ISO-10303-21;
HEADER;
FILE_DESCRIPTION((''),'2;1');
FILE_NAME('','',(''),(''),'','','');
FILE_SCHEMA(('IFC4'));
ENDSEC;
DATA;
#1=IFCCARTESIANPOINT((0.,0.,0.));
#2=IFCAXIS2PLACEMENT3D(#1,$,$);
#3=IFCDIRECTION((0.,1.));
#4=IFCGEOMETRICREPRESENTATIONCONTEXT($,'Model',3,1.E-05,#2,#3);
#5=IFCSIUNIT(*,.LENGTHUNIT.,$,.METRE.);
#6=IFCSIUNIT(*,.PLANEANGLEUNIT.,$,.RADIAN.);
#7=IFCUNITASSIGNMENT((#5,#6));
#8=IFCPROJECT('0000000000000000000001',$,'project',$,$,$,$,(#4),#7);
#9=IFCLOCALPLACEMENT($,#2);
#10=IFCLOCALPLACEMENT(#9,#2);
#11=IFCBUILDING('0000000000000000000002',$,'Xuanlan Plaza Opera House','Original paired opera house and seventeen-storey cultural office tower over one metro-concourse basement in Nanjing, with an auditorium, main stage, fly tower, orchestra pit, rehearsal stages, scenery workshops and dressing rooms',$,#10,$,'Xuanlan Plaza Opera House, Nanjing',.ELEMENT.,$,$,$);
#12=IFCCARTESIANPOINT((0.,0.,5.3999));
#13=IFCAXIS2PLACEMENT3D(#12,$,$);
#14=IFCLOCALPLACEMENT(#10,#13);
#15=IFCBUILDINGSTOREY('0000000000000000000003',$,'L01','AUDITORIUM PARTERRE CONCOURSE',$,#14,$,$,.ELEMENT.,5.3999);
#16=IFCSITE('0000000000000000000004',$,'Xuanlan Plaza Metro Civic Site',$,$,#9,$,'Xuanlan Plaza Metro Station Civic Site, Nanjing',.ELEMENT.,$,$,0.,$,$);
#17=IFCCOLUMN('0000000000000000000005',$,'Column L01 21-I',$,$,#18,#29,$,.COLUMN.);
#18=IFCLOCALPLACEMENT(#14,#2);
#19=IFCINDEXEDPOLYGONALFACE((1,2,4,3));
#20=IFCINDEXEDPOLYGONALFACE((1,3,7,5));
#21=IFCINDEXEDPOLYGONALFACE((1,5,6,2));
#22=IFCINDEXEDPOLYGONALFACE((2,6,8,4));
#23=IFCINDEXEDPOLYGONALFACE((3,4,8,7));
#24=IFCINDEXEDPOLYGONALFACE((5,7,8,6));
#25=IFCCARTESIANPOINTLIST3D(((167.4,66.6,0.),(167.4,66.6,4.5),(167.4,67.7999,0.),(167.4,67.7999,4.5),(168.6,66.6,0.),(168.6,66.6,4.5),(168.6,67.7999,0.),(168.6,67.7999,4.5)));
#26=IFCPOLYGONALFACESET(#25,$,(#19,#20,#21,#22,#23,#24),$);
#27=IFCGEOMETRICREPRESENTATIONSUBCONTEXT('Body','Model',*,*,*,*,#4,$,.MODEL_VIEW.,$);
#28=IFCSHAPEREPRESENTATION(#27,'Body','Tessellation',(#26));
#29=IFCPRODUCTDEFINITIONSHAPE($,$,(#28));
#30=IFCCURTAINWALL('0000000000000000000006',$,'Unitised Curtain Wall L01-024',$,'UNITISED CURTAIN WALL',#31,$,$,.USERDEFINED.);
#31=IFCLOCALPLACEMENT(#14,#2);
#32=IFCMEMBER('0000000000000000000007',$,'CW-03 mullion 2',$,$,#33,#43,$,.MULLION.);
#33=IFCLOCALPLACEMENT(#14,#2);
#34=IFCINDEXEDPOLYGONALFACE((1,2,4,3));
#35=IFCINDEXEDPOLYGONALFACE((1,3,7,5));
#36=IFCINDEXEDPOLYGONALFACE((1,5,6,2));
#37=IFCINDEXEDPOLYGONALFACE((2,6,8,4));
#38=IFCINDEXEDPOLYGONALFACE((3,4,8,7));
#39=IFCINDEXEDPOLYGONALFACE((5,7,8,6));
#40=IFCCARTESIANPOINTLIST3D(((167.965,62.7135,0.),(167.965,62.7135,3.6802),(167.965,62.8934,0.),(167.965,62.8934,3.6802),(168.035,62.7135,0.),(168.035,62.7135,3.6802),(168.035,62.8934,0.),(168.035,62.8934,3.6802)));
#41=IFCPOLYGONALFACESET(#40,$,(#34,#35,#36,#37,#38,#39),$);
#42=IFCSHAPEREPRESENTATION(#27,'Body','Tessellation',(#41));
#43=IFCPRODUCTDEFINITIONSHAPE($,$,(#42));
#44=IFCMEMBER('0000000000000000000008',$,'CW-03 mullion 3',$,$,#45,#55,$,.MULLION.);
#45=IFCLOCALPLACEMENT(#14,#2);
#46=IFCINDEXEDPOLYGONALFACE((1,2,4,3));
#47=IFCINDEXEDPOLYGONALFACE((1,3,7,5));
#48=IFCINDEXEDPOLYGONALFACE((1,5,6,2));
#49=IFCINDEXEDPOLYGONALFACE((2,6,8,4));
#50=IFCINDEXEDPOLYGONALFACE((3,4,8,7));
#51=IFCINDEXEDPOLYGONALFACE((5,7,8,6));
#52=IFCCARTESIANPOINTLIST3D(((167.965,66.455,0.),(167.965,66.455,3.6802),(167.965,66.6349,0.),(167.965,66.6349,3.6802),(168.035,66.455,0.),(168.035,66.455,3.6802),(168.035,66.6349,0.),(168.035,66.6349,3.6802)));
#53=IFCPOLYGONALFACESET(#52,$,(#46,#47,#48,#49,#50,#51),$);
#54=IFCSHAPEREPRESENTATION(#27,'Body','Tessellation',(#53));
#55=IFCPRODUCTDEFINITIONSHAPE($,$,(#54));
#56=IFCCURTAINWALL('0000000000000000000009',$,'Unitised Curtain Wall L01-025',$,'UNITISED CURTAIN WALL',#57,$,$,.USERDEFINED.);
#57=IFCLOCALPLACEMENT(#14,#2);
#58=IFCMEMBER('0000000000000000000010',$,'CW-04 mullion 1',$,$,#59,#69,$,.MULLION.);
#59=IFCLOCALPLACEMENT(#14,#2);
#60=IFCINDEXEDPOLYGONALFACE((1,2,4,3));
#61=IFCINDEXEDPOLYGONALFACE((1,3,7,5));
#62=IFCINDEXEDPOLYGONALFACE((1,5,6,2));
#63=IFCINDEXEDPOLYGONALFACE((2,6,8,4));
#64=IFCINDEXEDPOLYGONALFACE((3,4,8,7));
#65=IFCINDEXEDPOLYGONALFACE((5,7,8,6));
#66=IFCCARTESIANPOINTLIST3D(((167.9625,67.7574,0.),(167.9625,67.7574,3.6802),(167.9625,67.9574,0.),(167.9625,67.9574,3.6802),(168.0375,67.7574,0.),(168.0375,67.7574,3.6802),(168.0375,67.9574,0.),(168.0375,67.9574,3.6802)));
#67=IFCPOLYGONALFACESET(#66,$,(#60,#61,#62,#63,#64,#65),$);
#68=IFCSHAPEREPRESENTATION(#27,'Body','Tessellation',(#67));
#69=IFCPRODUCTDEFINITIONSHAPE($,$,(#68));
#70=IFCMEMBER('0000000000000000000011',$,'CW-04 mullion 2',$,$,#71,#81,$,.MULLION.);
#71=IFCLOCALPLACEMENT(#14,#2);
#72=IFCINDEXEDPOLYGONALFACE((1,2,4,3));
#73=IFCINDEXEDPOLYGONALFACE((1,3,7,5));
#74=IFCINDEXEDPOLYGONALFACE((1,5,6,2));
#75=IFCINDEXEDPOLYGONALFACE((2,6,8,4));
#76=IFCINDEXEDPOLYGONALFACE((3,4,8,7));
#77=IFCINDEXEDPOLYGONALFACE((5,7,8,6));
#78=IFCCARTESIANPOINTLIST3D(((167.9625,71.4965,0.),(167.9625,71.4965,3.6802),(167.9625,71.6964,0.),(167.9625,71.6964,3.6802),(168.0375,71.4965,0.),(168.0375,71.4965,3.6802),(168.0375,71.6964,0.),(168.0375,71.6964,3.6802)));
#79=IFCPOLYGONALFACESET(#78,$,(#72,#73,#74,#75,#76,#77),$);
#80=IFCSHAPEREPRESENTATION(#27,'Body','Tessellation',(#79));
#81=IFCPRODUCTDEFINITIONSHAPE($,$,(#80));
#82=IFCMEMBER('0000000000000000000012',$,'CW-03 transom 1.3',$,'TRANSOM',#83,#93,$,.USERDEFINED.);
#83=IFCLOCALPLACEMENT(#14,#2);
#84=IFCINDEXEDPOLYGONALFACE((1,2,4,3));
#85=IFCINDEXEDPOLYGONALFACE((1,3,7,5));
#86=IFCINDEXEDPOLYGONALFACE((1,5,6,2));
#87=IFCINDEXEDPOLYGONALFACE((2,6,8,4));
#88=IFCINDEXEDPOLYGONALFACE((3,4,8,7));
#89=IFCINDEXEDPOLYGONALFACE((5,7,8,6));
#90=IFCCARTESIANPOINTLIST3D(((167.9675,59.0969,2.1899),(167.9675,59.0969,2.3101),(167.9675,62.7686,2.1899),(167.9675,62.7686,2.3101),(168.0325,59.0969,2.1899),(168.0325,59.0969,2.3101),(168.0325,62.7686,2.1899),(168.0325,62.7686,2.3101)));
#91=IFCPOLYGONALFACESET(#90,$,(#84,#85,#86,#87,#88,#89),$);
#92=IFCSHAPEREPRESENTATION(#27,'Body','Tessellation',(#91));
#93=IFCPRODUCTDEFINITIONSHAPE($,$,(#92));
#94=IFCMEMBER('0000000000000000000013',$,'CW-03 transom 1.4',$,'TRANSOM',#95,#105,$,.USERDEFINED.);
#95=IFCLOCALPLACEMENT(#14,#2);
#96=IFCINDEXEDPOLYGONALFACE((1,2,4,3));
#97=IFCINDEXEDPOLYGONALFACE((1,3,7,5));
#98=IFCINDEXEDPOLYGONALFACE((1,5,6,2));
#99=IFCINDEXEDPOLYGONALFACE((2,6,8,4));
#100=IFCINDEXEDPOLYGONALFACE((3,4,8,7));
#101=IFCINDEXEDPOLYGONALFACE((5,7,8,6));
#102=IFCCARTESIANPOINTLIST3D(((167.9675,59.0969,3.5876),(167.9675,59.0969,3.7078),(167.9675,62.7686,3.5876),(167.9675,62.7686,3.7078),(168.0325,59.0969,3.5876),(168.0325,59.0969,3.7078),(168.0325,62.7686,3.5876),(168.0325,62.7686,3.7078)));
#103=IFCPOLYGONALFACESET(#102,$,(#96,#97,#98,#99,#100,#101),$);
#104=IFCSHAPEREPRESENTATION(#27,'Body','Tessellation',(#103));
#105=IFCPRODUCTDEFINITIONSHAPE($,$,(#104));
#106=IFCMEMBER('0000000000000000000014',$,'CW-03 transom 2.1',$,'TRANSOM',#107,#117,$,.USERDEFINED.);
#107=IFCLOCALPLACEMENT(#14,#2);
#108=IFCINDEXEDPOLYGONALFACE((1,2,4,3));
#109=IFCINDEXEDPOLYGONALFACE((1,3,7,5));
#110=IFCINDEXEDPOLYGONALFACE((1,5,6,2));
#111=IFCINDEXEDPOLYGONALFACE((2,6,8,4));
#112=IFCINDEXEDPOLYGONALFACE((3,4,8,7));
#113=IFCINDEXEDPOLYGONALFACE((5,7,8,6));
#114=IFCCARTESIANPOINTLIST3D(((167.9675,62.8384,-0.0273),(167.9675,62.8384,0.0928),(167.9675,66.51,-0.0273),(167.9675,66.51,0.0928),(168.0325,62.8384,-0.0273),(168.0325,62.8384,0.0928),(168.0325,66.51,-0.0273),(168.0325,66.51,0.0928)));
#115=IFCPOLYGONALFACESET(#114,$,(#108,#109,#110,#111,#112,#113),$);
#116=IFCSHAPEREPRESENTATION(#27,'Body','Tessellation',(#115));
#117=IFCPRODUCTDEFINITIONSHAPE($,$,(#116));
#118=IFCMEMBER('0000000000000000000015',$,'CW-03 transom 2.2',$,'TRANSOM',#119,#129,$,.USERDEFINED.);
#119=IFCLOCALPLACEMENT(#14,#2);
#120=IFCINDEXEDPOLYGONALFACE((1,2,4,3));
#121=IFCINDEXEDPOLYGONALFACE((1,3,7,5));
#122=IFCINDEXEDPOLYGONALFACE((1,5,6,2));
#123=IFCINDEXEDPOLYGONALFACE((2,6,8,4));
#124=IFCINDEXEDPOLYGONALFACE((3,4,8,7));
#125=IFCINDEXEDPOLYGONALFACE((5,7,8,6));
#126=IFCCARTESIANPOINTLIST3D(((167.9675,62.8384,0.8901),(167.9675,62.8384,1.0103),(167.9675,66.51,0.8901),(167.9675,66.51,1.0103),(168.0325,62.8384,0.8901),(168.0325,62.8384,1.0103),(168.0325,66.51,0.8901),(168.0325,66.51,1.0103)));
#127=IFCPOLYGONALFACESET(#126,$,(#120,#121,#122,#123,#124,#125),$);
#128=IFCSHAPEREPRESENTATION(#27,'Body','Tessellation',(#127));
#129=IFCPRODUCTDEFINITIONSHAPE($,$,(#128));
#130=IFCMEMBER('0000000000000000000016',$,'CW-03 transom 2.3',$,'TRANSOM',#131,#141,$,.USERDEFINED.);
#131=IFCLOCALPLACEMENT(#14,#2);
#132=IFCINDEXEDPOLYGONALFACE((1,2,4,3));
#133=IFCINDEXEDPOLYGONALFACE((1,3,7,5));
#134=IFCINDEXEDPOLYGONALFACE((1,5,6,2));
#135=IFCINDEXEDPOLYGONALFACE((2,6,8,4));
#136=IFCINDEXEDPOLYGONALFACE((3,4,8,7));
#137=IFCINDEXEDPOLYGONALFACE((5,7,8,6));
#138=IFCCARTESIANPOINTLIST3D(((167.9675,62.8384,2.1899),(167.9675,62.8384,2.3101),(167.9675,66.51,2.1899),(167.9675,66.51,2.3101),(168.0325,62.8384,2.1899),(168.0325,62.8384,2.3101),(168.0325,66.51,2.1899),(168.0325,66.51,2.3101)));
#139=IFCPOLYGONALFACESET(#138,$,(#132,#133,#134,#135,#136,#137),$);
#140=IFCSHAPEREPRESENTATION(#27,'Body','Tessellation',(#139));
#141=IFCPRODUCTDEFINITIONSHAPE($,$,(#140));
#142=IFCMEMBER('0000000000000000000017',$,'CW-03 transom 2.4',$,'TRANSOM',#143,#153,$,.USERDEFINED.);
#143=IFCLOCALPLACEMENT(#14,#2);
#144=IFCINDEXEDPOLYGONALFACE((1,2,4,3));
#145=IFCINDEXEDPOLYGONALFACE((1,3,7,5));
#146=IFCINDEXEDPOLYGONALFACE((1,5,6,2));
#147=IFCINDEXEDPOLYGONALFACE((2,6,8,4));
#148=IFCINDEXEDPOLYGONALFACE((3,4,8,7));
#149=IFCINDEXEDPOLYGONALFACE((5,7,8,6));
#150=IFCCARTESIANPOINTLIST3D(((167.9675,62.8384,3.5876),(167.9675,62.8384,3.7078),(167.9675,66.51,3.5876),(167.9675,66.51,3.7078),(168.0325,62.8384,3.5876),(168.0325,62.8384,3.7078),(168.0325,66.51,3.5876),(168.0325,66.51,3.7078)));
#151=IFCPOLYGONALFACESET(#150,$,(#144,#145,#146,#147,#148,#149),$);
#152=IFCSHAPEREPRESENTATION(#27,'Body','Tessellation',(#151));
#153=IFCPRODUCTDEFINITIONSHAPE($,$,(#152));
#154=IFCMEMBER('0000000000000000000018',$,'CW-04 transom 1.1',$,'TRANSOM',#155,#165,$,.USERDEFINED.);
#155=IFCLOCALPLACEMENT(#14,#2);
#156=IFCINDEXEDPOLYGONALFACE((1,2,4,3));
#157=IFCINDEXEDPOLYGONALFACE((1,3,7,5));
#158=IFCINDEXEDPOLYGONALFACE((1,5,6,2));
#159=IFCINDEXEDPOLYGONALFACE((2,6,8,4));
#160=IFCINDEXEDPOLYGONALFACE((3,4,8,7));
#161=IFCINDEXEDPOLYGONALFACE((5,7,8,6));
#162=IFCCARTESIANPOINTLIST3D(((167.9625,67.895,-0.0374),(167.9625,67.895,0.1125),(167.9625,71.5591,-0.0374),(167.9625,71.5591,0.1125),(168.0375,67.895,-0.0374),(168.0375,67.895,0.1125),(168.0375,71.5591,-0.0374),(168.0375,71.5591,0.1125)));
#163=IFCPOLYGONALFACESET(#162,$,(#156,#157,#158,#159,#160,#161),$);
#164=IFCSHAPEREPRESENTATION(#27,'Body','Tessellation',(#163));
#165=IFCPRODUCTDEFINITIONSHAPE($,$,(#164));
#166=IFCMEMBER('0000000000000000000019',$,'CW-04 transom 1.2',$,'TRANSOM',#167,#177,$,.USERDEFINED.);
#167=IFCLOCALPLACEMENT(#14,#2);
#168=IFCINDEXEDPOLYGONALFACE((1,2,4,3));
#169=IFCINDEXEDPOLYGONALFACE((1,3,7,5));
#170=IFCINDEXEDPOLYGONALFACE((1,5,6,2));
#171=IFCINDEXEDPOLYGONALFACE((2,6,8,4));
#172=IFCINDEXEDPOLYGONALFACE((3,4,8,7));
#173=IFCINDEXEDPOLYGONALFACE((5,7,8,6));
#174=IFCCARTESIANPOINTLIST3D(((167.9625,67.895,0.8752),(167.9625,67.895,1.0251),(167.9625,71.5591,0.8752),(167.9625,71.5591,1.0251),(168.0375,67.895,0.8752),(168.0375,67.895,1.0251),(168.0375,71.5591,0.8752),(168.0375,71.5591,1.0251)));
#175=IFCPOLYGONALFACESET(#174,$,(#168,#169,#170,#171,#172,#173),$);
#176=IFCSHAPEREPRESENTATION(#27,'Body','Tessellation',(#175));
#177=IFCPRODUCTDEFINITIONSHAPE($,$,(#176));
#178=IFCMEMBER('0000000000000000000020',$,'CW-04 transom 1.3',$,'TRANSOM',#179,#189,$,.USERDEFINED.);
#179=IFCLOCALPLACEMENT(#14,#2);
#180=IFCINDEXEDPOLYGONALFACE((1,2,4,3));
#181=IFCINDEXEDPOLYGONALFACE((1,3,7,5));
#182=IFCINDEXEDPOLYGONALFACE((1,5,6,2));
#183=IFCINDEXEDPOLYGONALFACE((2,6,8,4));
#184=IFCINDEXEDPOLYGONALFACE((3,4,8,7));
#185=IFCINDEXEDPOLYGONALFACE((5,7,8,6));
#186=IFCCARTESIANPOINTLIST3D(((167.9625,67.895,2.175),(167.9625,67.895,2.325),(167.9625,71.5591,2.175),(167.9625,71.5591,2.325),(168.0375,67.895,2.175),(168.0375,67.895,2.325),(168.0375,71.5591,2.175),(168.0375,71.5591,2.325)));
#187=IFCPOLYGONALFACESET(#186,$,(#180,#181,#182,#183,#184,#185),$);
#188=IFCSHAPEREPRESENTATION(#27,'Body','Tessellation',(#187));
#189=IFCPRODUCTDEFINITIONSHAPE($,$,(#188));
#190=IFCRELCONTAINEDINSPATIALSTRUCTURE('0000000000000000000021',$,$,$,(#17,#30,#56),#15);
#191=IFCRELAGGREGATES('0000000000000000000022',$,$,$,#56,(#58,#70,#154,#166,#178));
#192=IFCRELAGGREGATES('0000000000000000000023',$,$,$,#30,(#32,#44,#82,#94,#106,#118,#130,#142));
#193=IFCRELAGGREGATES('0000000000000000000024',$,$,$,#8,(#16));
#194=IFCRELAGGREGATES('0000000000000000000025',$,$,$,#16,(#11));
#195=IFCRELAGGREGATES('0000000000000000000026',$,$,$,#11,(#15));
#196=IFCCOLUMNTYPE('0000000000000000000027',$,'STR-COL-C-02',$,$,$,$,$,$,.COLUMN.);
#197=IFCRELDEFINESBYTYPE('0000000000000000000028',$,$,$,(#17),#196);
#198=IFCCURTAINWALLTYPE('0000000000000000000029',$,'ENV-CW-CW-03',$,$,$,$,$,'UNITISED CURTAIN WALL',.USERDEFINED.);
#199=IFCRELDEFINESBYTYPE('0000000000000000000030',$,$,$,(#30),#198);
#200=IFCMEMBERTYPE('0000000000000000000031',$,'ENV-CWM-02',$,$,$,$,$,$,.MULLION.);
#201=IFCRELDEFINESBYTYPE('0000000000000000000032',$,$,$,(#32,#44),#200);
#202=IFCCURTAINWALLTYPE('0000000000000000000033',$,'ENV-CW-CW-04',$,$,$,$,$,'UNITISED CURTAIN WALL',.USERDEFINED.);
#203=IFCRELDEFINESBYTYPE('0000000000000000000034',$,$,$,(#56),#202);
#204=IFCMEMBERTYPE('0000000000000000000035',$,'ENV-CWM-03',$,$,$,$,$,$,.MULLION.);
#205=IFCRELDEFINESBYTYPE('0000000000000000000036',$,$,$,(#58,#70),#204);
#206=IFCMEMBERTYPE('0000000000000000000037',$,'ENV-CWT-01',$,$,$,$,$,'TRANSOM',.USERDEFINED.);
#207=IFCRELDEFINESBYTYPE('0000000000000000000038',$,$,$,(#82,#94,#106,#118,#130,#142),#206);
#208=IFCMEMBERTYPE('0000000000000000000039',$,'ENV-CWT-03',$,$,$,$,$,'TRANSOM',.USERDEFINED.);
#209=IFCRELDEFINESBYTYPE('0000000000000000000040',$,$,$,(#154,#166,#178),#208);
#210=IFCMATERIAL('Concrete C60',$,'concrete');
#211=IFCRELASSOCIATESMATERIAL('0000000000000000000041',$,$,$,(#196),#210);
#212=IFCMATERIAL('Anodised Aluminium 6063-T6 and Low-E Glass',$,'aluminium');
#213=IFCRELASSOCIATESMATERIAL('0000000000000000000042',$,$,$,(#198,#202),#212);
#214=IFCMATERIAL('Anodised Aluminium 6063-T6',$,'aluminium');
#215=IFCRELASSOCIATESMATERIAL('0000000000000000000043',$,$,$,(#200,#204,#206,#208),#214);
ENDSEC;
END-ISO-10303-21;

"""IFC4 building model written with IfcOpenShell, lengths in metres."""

from ifc_helpers import new_model, si_unit, direction, frame, origin, origin_2d, place, context, subcontext, project, spatial, rectangle, extrude, material, material_profile, profile_set, type_object, element, aggregate, save


model = new_model("IFC4")

# Units and contexts
model_context = context("Model", 3, precision=1e-05, world=origin(), true_north=direction((0.0, 1.0)))
body_context = subcontext(model_context, "Body", "Model", "MODEL_VIEW")
ifc_project = project(units=[si_unit("LENGTHUNIT", "METRE"), si_unit("PLANEANGLEUNIT", "RADIAN")], contexts=[model_context])

# Site, building, storey
site_placement = place(None, origin())
site = spatial("IfcSite", under=ifc_project, at=site_placement, Name="Xuanlan Plaza Metro Civic Site", LongName="Xuanlan Plaza Metro Station Civic Site, Nanjing", CompositionType="ELEMENT", RefElevation=0.0)
building_placement = place(site_placement, origin())
building = spatial("IfcBuilding", under=site, at=building_placement, Name="Xuanlan Plaza Opera House", Description="Original paired opera house and seventeen-storey cultural office tower over one metro-concourse basement in Nanjing, with an auditorium, main stage, fly tower, orchestra pit, rehearsal stages, scenery workshops and dressing rooms", LongName="Xuanlan Plaza Opera House, Nanjing", CompositionType="ELEMENT")
storey_placement = place(building_placement, frame((0.0, 0.0, 5.3999)))
storey = spatial("IfcBuildingStorey", under=building, at=storey_placement, Name="L01", Description="AUDITORIUM PARTERRE CONCOURSE", CompositionType="ELEMENT", Elevation=5.3999)

# Column
ifc_material_1 = material(Name="Concrete C60", Category="concrete")
ifc_material_profile_1 = material_profile(ifc_material_1, rectangle(XDim=1.2, YDim=1.2, at=origin_2d()), Name="RC-COL 1200x1200")
ifc_profile_set_1 = profile_set([ifc_material_profile_1], Name="Concrete C60")
column_type = type_object("IfcColumnType", Name="STR-COL-C-02", PredefinedType="COLUMN", material=ifc_profile_set_1)
column_placement = place(storey_placement, frame((168.0, 67.2, 0.0), z_axis=(0.0, 0.0, 1.0), x_axis=(1.0, 0.0, 0.0)))
element("IfcColumn", 1, at=column_placement, inside=storey, type_object=column_type, Name="Column L01 21-I", PredefinedType="COLUMN", context=body_context, shape_type="SweptSolid", body=[
    extrude(rectangle(XDim=1.2, YDim=1.2, at=origin_2d()), origin(), (0.0, 0.0, 1.0), 4.5),
])

# Curtain walls, members
ifc_material_2 = material(Name="Anodised Aluminium 6063-T6 and Low-E Glass", Category="aluminium")
curtain_wall_type_1 = type_object("IfcCurtainWallType", Name="ENV-CW-CW-03", ElementType="UNITISED CURTAIN WALL", PredefinedType="USERDEFINED", material=ifc_material_2)
curtain_wall_1_placement = place(storey_placement, origin())
curtain_wall_1 = element("IfcCurtainWall", 2, at=curtain_wall_1_placement, inside=storey, type_object=curtain_wall_type_1, Name="Unitised Curtain Wall L01-024", ObjectType="UNITISED CURTAIN WALL", PredefinedType="USERDEFINED")
ifc_material_3 = material(Name="Anodised Aluminium 6063-T6", Category="aluminium")
ifc_material_profile_2 = material_profile(ifc_material_3, rectangle(XDim=0.0701, YDim=0.1799, at=origin_2d()), Name="ALU-M 70x180")
ifc_profile_set_2 = profile_set([ifc_material_profile_2], Name="Anodised Aluminium 6063-T6")
member_type_1 = type_object("IfcMemberType", Name="ENV-CWM-02", PredefinedType="MULLION", material=ifc_profile_set_2)
member_1_placement = place(storey_placement, frame((168.0, 62.8035, 0.0), z_axis=(0.0, 0.0, 1.0), x_axis=(-1.0, 0.0, 0.0)))
member_1 = element("IfcMember", 3, at=member_1_placement, type_object=member_type_1, Name="CW-03 mullion 2", PredefinedType="MULLION", context=body_context, shape_type="SweptSolid", body=[
    extrude(rectangle(XDim=0.0701, YDim=0.1799, at=origin_2d()), origin(), (0.0, 0.0, 1.0), 3.6802),
])
member_2_placement = place(storey_placement, frame((168.0, 66.5449, 0.0), z_axis=(0.0, 0.0, 1.0), x_axis=(-1.0, 0.0, 0.0)))
member_2 = element("IfcMember", 4, at=member_2_placement, type_object=member_type_1, Name="CW-03 mullion 3", PredefinedType="MULLION", context=body_context, shape_type="SweptSolid", body=[
    extrude(rectangle(XDim=0.0701, YDim=0.1799, at=origin_2d()), origin(), (0.0, 0.0, 1.0), 3.6802),
])
curtain_wall_type_2 = type_object("IfcCurtainWallType", Name="ENV-CW-CW-04", ElementType="UNITISED CURTAIN WALL", PredefinedType="USERDEFINED", material=ifc_material_2)
curtain_wall_2_placement = place(storey_placement, origin())
curtain_wall_2 = element("IfcCurtainWall", 5, at=curtain_wall_2_placement, inside=storey, type_object=curtain_wall_type_2, Name="Unitised Curtain Wall L01-025", ObjectType="UNITISED CURTAIN WALL", PredefinedType="USERDEFINED")
ifc_material_profile_3 = material_profile(ifc_material_3, rectangle(XDim=0.075, YDim=0.2, at=origin_2d()), Name="ALU-M 75x200")
ifc_profile_set_3 = profile_set([ifc_material_profile_3], Name="Anodised Aluminium 6063-T6")
member_type_2 = type_object("IfcMemberType", Name="ENV-CWM-03", PredefinedType="MULLION", material=ifc_profile_set_3)
member_3_placement = place(storey_placement, frame((168.0, 67.8574, 0.0), z_axis=(0.0, 0.0, 1.0), x_axis=(-1.0, 0.0, 0.0)))
member_3 = element("IfcMember", 6, at=member_3_placement, type_object=member_type_2, Name="CW-04 mullion 1", PredefinedType="MULLION", context=body_context, shape_type="SweptSolid", body=[
    extrude(rectangle(XDim=0.075, YDim=0.2, at=origin_2d()), origin(), (0.0, 0.0, 1.0), 3.6802),
])
member_4_placement = place(storey_placement, frame((168.0, 71.5964, 0.0), z_axis=(0.0, 0.0, 1.0), x_axis=(-1.0, 0.0, 0.0)))
member_4 = element("IfcMember", 7, at=member_4_placement, type_object=member_type_2, Name="CW-04 mullion 2", PredefinedType="MULLION", context=body_context, shape_type="SweptSolid", body=[
    extrude(rectangle(XDim=0.075, YDim=0.2, at=origin_2d()), origin(), (0.0, 0.0, 1.0), 3.6802),
])

# Members
ifc_material_profile_4 = material_profile(ifc_material_3, rectangle(XDim=0.0649, YDim=0.1201, at=origin_2d()), Name="ALU-T 65x120")
ifc_profile_set_4 = profile_set([ifc_material_profile_4], Name="Anodised Aluminium 6063-T6")
member_type_3 = type_object("IfcMemberType", Name="ENV-CWT-01", ElementType="TRANSOM", PredefinedType="USERDEFINED", material=ifc_profile_set_4)
member_5_placement = place(storey_placement, frame((168.0, 59.0969, 2.25), z_axis=(0.0, 1.0, 0.0), x_axis=(-1.0, 0.0, 0.0)))
member_5 = element("IfcMember", 8, at=member_5_placement, type_object=member_type_3, Name="CW-03 transom 1.3", ObjectType="TRANSOM", PredefinedType="USERDEFINED", context=body_context, shape_type="SweptSolid", body=[
    extrude(rectangle(XDim=0.0649, YDim=0.1201, at=origin_2d()), origin(), (0.0, 0.0, 1.0), 3.6716),
])
member_6_placement = place(storey_placement, frame((168.0, 59.0969, 3.6477), z_axis=(0.0, 1.0, 0.0), x_axis=(-1.0, 0.0, 0.0)))
member_6 = element("IfcMember", 9, at=member_6_placement, type_object=member_type_3, Name="CW-03 transom 1.4", ObjectType="TRANSOM", PredefinedType="USERDEFINED", context=body_context, shape_type="SweptSolid", body=[
    extrude(rectangle(XDim=0.0649, YDim=0.1201, at=origin_2d()), origin(), (0.0, 0.0, 1.0), 3.6716),
])
member_7_placement = place(storey_placement, frame((168.0, 62.8384, 0.0327), z_axis=(0.0, 1.0, 0.0), x_axis=(-1.0, 0.0, 0.0)))
member_7 = element("IfcMember", 10, at=member_7_placement, type_object=member_type_3, Name="CW-03 transom 2.1", ObjectType="TRANSOM", PredefinedType="USERDEFINED", context=body_context, shape_type="SweptSolid", body=[
    extrude(rectangle(XDim=0.0649, YDim=0.1201, at=origin_2d()), origin(), (0.0, 0.0, 1.0), 3.6716),
])
member_8_placement = place(storey_placement, frame((168.0, 62.8384, 0.9502), z_axis=(0.0, 1.0, 0.0), x_axis=(-1.0, 0.0, 0.0)))
member_8 = element("IfcMember", 11, at=member_8_placement, type_object=member_type_3, Name="CW-03 transom 2.2", ObjectType="TRANSOM", PredefinedType="USERDEFINED", context=body_context, shape_type="SweptSolid", body=[
    extrude(rectangle(XDim=0.0649, YDim=0.1201, at=origin_2d()), origin(), (0.0, 0.0, 1.0), 3.6716),
])
member_9_placement = place(storey_placement, frame((168.0, 62.8384, 2.25), z_axis=(0.0, 1.0, 0.0), x_axis=(-1.0, 0.0, 0.0)))
member_9 = element("IfcMember", 12, at=member_9_placement, type_object=member_type_3, Name="CW-03 transom 2.3", ObjectType="TRANSOM", PredefinedType="USERDEFINED", context=body_context, shape_type="SweptSolid", body=[
    extrude(rectangle(XDim=0.0649, YDim=0.1201, at=origin_2d()), origin(), (0.0, 0.0, 1.0), 3.6716),
])
member_10_placement = place(storey_placement, frame((168.0, 62.8384, 3.6477), z_axis=(0.0, 1.0, 0.0), x_axis=(-1.0, 0.0, 0.0)))
member_10 = element("IfcMember", 13, at=member_10_placement, type_object=member_type_3, Name="CW-03 transom 2.4", ObjectType="TRANSOM", PredefinedType="USERDEFINED", context=body_context, shape_type="SweptSolid", body=[
    extrude(rectangle(XDim=0.0649, YDim=0.1201, at=origin_2d()), origin(), (0.0, 0.0, 1.0), 3.6716),
])
ifc_material_profile_5 = material_profile(ifc_material_3, rectangle(XDim=0.075, YDim=0.1499, at=origin_2d()), Name="ALU-T 75x150")
ifc_profile_set_5 = profile_set([ifc_material_profile_5], Name="Anodised Aluminium 6063-T6")
member_type_4 = type_object("IfcMemberType", Name="ENV-CWT-03", ElementType="TRANSOM", PredefinedType="USERDEFINED", material=ifc_profile_set_5)
member_11_placement = place(storey_placement, frame((168.0, 67.895, 0.0376), z_axis=(0.0, 1.0, 0.0), x_axis=(-1.0, 0.0, 0.0)))
member_11 = element("IfcMember", 14, at=member_11_placement, type_object=member_type_4, Name="CW-04 transom 1.1", ObjectType="TRANSOM", PredefinedType="USERDEFINED", context=body_context, shape_type="SweptSolid", body=[
    extrude(rectangle(XDim=0.075, YDim=0.1499, at=origin_2d()), origin(), (0.0, 0.0, 1.0), 3.6641),
])
member_12_placement = place(storey_placement, frame((168.0, 67.895, 0.9502), z_axis=(0.0, 1.0, 0.0), x_axis=(-1.0, 0.0, 0.0)))
member_12 = element("IfcMember", 15, at=member_12_placement, type_object=member_type_4, Name="CW-04 transom 1.2", ObjectType="TRANSOM", PredefinedType="USERDEFINED", context=body_context, shape_type="SweptSolid", body=[
    extrude(rectangle(XDim=0.075, YDim=0.1499, at=origin_2d()), origin(), (0.0, 0.0, 1.0), 3.6641),
])
member_13_placement = place(storey_placement, frame((168.0, 67.895, 2.25), z_axis=(0.0, 1.0, 0.0), x_axis=(-1.0, 0.0, 0.0)))
member_13 = element("IfcMember", 16, at=member_13_placement, type_object=member_type_4, Name="CW-04 transom 1.3", ObjectType="TRANSOM", PredefinedType="USERDEFINED", context=body_context, shape_type="SweptSolid", body=[
    extrude(rectangle(XDim=0.075, YDim=0.1499, at=origin_2d()), origin(), (0.0, 0.0, 1.0), 3.6641),
])

aggregate(curtain_wall_2, [member_3, member_4, member_11, member_12, member_13])
aggregate(curtain_wall_1, [member_1, member_2, member_5, member_6, member_7, member_8, member_9, member_10])

save(model, "model.ifc")
